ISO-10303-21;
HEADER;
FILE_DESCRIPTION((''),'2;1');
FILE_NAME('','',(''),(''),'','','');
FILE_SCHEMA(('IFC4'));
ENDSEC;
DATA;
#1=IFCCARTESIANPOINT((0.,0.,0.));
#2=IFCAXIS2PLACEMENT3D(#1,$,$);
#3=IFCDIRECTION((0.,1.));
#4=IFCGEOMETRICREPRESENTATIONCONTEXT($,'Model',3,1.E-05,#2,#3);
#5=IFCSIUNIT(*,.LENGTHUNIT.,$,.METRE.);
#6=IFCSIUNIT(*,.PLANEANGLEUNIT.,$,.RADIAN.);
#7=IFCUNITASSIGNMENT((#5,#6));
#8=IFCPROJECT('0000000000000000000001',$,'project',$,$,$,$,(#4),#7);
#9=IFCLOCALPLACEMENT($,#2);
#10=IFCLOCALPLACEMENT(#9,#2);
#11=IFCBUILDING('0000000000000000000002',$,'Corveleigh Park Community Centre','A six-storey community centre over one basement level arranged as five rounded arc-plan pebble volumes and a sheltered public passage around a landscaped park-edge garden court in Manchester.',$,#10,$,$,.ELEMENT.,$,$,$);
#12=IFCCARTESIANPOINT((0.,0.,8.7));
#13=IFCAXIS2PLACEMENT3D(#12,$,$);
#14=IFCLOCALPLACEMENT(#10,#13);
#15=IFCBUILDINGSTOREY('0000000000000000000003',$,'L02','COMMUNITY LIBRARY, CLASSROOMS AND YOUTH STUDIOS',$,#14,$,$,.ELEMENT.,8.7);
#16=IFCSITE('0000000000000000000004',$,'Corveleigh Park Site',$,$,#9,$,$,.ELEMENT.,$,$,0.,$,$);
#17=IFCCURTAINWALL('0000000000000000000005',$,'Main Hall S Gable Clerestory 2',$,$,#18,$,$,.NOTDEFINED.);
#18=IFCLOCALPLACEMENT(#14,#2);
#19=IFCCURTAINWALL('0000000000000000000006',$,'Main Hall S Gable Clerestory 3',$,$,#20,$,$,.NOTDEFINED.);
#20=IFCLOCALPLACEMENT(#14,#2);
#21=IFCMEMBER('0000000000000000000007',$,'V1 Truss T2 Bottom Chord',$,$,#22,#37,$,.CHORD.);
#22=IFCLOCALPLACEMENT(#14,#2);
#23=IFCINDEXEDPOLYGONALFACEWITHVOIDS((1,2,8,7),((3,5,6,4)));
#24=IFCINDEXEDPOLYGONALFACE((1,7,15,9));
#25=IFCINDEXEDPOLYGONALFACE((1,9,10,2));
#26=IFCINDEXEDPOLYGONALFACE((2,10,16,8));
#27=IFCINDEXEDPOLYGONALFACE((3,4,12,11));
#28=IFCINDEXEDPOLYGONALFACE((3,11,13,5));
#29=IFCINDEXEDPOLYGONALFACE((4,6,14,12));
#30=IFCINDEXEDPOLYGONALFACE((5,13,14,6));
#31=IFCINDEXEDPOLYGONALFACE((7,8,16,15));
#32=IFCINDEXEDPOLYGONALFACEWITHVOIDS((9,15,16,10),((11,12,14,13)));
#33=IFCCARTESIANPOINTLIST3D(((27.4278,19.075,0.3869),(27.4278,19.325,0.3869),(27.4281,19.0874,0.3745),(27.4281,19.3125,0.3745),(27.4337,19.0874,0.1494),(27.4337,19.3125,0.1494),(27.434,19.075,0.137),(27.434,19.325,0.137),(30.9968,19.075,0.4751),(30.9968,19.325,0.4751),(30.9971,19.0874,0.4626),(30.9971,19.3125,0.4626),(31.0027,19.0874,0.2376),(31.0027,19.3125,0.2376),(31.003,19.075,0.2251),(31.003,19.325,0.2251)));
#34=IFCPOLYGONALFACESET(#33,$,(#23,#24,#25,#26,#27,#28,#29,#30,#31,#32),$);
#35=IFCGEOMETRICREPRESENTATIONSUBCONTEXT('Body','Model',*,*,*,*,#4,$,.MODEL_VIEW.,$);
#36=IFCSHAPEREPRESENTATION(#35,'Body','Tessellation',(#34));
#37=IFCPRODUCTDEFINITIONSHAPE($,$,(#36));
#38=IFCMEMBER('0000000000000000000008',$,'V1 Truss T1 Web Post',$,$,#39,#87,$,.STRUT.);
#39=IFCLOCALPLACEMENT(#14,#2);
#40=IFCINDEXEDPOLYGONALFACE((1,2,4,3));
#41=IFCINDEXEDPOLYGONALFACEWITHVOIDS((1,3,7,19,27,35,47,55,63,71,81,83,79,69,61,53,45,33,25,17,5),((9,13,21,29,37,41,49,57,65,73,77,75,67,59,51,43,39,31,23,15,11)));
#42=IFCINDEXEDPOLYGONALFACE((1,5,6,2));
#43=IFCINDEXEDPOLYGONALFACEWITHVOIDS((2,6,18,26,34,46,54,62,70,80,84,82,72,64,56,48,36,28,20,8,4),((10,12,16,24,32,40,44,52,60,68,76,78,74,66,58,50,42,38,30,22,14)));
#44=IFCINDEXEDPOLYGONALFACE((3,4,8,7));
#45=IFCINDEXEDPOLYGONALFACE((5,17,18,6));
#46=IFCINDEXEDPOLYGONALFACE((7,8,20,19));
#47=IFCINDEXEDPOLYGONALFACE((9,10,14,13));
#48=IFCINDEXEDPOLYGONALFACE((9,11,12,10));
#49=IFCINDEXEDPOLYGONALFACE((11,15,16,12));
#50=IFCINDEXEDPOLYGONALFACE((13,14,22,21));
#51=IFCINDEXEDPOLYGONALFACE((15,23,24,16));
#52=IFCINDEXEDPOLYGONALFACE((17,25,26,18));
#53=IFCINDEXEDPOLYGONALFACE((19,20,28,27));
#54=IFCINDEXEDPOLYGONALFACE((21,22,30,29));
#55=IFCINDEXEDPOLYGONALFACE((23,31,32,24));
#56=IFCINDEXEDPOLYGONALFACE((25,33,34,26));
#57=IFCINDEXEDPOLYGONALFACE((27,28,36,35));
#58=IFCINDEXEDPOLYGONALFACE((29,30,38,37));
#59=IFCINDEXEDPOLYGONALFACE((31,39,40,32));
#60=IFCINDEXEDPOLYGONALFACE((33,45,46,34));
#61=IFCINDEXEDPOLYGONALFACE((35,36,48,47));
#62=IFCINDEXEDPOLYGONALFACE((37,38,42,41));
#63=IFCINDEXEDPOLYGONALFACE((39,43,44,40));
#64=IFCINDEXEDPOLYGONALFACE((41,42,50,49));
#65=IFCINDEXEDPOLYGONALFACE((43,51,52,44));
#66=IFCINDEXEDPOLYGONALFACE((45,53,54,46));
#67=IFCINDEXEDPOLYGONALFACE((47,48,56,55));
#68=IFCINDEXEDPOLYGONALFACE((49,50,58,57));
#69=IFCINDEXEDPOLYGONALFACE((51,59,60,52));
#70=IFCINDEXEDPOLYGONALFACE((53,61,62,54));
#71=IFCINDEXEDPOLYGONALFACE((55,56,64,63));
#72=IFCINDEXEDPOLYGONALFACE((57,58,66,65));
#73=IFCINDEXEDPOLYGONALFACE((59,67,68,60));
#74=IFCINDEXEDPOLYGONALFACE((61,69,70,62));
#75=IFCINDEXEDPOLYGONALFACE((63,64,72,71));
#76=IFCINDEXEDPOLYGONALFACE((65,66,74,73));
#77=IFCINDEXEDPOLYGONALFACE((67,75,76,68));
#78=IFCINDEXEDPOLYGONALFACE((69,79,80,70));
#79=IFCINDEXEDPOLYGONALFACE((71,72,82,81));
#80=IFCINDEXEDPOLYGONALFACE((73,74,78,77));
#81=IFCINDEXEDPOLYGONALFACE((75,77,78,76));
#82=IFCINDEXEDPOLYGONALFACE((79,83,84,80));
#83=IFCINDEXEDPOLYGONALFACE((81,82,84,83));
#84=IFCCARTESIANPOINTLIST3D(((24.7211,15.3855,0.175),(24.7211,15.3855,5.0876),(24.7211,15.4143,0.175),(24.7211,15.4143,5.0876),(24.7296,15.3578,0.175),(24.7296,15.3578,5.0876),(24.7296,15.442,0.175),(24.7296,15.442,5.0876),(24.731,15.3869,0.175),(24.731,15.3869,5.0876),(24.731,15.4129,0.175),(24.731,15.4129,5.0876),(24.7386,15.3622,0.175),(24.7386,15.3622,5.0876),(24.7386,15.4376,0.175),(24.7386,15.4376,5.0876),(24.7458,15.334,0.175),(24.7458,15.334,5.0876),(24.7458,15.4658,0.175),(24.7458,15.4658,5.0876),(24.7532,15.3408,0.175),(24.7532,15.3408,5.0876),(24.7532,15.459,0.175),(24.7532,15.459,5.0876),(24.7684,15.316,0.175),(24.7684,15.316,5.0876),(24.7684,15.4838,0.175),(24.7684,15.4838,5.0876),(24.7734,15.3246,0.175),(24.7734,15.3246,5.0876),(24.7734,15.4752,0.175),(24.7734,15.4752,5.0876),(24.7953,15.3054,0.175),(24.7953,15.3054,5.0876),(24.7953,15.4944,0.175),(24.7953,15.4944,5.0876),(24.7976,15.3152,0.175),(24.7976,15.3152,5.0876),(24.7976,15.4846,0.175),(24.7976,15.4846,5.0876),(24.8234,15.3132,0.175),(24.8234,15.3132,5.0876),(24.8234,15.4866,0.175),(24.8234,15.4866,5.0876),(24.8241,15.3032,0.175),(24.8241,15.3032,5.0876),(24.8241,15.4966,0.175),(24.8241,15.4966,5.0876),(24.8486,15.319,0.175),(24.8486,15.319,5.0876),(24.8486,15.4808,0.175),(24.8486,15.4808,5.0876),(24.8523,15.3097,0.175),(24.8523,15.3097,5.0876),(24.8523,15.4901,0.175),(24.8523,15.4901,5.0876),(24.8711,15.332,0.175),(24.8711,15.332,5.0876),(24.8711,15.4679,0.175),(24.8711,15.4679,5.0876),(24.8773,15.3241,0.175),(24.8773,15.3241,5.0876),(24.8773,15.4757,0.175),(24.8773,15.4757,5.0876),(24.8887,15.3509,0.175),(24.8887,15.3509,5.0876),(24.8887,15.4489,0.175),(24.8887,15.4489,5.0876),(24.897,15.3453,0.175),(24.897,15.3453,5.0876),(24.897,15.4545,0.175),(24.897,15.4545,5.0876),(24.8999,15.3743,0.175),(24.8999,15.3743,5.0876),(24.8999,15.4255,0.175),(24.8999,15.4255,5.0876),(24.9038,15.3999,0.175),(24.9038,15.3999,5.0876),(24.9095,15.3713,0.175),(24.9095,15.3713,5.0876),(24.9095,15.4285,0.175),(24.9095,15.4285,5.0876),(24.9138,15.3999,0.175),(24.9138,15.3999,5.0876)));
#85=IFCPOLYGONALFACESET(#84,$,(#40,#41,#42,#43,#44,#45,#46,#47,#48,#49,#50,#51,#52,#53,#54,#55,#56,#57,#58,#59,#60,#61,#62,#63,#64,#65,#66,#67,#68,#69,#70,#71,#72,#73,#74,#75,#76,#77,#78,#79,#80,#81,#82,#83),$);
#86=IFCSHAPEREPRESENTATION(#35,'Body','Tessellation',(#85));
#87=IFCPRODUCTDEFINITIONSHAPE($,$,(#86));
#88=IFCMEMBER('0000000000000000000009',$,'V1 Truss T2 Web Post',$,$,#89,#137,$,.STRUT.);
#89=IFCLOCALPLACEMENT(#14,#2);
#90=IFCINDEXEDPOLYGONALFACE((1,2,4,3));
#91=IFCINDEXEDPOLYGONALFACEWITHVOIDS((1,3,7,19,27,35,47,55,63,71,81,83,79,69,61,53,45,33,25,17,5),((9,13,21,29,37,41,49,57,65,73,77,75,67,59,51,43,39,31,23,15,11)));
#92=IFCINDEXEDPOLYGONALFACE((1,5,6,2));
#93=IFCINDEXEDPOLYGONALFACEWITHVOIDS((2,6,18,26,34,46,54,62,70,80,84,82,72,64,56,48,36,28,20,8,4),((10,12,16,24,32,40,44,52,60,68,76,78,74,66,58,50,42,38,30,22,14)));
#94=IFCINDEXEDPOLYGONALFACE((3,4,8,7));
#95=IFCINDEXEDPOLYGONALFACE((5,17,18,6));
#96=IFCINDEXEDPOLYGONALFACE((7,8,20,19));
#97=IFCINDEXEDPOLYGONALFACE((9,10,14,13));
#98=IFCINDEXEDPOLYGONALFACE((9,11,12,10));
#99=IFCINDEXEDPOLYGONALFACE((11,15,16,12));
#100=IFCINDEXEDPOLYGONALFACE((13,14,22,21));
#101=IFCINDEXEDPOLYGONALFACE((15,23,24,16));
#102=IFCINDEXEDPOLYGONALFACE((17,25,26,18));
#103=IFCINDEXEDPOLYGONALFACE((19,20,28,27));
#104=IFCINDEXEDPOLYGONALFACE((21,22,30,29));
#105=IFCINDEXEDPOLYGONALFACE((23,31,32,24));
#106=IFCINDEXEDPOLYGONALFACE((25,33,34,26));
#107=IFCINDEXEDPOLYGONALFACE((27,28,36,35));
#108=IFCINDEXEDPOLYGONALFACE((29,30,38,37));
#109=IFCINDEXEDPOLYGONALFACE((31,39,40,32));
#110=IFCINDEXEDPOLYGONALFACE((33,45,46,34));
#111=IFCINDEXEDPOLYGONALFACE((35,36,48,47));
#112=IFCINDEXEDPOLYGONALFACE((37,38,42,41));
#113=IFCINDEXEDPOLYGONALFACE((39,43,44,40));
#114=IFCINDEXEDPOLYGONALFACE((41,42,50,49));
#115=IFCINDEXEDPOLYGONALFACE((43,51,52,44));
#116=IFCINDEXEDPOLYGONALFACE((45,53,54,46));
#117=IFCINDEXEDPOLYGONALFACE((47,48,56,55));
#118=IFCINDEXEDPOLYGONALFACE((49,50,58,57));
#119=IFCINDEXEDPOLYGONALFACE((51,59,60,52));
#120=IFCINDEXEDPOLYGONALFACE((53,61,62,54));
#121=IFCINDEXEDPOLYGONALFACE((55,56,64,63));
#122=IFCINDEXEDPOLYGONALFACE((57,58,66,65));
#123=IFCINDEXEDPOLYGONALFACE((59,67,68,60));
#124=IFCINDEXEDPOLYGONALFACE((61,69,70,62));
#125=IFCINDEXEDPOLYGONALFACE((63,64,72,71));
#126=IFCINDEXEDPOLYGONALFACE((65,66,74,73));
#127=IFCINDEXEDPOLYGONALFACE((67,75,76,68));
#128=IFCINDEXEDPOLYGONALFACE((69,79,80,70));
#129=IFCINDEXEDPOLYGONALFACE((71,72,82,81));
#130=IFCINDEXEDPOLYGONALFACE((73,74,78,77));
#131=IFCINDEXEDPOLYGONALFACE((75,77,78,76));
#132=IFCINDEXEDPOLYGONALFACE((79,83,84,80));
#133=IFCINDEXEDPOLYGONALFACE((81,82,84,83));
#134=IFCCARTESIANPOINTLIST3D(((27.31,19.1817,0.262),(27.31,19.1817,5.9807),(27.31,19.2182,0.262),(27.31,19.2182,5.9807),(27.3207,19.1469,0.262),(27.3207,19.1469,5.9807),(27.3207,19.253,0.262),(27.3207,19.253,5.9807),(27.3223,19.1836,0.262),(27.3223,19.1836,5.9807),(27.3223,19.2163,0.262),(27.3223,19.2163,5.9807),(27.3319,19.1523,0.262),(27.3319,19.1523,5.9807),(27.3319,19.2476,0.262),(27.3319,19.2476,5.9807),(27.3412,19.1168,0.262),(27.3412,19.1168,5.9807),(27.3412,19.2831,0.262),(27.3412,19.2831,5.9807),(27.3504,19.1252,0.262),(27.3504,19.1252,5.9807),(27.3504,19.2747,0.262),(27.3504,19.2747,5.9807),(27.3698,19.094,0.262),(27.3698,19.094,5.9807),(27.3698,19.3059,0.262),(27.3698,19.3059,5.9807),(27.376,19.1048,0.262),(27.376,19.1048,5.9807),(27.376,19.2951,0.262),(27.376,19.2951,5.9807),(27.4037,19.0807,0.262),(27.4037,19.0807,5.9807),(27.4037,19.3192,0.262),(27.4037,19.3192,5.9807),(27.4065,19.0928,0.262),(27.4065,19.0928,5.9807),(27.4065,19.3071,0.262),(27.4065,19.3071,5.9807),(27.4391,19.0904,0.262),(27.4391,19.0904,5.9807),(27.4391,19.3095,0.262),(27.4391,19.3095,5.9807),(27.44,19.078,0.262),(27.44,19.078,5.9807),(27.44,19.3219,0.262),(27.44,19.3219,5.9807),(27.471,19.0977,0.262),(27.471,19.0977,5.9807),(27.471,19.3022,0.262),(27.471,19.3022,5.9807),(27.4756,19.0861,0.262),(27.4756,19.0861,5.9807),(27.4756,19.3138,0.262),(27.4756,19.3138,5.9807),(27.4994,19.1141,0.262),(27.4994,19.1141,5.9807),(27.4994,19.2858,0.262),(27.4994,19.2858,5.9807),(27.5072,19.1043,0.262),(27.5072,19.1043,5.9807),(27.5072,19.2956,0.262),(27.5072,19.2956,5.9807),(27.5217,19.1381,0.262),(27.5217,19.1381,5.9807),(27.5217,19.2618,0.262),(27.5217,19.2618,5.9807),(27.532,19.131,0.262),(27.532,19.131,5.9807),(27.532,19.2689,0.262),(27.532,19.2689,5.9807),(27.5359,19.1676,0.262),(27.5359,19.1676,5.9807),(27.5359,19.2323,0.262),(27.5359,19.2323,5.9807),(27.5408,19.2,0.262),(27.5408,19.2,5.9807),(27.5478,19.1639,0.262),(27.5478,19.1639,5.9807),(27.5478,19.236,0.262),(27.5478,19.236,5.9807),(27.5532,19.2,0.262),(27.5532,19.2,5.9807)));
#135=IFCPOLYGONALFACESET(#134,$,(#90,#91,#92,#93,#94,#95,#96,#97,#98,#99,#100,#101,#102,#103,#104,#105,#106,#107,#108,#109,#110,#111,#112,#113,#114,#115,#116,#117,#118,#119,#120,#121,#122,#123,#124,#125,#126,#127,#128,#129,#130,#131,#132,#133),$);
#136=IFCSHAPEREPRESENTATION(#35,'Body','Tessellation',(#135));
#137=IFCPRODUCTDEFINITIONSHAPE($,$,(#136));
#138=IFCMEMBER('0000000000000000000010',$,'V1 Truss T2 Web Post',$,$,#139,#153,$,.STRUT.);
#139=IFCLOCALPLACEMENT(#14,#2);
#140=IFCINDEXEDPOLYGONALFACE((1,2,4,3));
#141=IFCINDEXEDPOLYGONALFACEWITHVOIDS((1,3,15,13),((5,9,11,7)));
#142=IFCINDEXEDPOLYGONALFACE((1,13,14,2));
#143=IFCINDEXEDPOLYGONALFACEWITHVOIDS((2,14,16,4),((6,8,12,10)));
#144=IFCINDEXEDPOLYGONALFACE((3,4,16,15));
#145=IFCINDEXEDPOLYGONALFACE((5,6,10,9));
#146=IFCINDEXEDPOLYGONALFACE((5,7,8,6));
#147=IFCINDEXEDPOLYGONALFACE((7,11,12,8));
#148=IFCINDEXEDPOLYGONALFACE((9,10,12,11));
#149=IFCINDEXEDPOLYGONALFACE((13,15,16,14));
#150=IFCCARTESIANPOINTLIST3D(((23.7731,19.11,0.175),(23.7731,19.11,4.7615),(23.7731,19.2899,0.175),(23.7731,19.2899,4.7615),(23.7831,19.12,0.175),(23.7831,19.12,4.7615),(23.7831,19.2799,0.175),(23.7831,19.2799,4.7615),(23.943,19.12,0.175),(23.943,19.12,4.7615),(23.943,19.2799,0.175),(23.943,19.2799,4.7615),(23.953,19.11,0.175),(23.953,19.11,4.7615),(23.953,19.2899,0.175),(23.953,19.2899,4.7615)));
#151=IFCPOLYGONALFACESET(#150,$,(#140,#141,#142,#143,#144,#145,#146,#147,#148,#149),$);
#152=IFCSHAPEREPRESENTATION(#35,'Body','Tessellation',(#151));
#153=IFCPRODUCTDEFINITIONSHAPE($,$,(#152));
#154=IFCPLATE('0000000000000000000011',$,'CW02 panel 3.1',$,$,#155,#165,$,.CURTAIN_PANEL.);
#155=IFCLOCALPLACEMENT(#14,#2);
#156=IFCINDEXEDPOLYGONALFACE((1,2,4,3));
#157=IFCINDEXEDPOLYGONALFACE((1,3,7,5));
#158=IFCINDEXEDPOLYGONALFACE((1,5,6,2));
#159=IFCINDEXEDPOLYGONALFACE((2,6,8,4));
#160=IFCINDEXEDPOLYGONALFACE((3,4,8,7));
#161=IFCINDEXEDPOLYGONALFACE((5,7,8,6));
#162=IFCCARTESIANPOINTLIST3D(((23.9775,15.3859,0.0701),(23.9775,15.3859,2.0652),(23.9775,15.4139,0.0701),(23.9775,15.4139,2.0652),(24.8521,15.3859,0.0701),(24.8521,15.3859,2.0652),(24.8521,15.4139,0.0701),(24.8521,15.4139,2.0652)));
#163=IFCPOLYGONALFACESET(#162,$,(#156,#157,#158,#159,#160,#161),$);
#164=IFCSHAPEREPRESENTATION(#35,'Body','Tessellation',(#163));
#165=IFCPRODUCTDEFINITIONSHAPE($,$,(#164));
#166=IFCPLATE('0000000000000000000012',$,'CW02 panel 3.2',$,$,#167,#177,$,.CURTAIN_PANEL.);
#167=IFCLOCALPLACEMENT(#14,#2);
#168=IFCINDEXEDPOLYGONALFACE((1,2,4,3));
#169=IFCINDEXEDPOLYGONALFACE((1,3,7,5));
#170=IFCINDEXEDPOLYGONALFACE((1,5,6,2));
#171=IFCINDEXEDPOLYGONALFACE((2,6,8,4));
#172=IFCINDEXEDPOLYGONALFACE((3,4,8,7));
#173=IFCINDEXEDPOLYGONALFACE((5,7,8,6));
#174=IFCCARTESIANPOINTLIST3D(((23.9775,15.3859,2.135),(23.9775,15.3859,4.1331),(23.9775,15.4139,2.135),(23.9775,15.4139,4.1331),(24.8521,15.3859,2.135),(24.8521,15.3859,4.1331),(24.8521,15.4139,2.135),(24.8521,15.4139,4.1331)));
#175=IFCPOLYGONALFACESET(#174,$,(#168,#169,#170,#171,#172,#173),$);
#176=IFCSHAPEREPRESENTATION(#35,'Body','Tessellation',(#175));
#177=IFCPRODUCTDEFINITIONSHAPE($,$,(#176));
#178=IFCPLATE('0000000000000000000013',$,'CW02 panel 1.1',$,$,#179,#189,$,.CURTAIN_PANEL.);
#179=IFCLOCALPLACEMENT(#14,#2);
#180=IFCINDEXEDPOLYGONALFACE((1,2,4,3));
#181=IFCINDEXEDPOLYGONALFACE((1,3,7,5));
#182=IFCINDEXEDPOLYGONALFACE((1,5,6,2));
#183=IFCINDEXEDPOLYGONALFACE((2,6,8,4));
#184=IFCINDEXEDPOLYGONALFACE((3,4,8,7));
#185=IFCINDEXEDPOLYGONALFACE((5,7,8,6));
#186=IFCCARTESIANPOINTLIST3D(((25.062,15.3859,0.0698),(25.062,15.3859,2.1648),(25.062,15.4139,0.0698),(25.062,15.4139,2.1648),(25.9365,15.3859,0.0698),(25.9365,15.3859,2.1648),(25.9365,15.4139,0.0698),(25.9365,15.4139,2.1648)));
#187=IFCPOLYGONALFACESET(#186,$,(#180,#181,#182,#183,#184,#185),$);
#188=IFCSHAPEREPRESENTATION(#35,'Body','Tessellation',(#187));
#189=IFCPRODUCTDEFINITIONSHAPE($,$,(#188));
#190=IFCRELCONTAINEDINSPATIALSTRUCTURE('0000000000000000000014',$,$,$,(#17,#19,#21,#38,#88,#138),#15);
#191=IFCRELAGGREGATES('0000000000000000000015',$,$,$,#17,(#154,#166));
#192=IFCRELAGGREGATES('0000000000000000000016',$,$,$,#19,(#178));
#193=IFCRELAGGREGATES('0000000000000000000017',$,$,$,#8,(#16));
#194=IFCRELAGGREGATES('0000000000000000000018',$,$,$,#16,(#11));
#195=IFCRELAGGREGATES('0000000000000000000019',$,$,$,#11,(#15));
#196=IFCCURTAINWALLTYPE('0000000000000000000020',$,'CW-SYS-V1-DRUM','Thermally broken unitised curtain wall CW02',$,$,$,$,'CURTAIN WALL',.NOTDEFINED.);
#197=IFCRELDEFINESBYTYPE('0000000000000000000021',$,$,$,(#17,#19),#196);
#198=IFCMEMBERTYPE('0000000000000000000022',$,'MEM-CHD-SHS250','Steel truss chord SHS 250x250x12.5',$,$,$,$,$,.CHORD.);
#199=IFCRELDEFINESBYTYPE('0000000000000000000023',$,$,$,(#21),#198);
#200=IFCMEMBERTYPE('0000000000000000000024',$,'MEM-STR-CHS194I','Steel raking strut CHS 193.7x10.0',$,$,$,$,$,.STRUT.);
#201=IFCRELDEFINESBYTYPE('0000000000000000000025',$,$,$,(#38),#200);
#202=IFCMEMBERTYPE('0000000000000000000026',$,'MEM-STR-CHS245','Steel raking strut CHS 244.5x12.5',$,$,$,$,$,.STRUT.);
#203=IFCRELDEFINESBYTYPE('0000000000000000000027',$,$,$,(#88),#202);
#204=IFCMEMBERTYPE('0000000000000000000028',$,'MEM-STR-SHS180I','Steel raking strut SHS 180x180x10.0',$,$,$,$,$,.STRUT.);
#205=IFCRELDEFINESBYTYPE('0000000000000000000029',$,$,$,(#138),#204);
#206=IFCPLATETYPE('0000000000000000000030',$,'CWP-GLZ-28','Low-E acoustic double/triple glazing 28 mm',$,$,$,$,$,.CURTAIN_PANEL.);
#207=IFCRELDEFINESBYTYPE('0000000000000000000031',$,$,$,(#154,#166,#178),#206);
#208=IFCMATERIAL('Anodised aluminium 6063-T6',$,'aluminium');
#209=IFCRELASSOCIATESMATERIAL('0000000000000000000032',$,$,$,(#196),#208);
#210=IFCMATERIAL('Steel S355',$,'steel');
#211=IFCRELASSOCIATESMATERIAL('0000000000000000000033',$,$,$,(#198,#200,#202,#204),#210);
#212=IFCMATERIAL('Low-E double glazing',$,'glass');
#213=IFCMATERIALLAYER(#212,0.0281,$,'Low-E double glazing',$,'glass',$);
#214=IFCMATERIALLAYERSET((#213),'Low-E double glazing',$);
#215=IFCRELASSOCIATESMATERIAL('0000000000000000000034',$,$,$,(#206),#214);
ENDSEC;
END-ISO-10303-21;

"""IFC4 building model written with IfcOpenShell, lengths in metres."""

from ifc_helpers import new_model, si_unit, direction, frame, origin, origin_2d, place, context, subcontext, project, spatial, rectangle, hollow_rectangle, hollow_circle, extrude, material, layer, layer_set, material_profile, profile_set, type_object, element, aggregate, save


model = new_model("IFC4")

# Units and contexts
model_context = context("Model", 3, precision=1e-05, world=origin(), true_north=direction((0.0, 1.0)))
body_context = subcontext(model_context, "Body", "Model", "MODEL_VIEW")
ifc_project = project(units=[si_unit("LENGTHUNIT", "METRE"), si_unit("PLANEANGLEUNIT", "RADIAN")], contexts=[model_context])

# Site, building, storey
site_placement = place(None, origin())
site = spatial("IfcSite", under=ifc_project, at=site_placement, Name="Corveleigh Park Site", CompositionType="ELEMENT", RefElevation=0.0)
building_placement = place(site_placement, origin())
building = spatial("IfcBuilding", under=site, at=building_placement, Name="Corveleigh Park Community Centre", Description="A six-storey community centre over one basement level arranged as five rounded arc-plan pebble volumes and a sheltered public passage around a landscaped park-edge garden court in Manchester.", CompositionType="ELEMENT")
storey_placement = place(building_placement, frame((0.0, 0.0, 8.7)))
storey = spatial("IfcBuildingStorey", under=building, at=storey_placement, Name="L02", Description="COMMUNITY LIBRARY, CLASSROOMS AND YOUTH STUDIOS", CompositionType="ELEMENT", Elevation=8.7)

# Curtain walls
ifc_material_1 = material(Name="Anodised aluminium 6063-T6", Category="aluminium")
curtain_wall_type = type_object("IfcCurtainWallType", Name="CW-SYS-V1-DRUM", Description="Thermally broken unitised curtain wall CW02", ElementType="CURTAIN WALL", PredefinedType="NOTDEFINED", material=ifc_material_1)
curtain_wall_1_placement = place(storey_placement, origin())
curtain_wall_1 = element("IfcCurtainWall", 1, at=curtain_wall_1_placement, inside=storey, type_object=curtain_wall_type, Name="Main Hall S Gable Clerestory 2", PredefinedType="NOTDEFINED")
curtain_wall_2_placement = place(storey_placement, origin())
curtain_wall_2 = element("IfcCurtainWall", 2, at=curtain_wall_2_placement, inside=storey, type_object=curtain_wall_type, Name="Main Hall S Gable Clerestory 3", PredefinedType="NOTDEFINED")

# Members
ifc_material_2 = material(Name="Steel S355", Category="steel")
ifc_material_profile_1 = material_profile(ifc_material_2, hollow_rectangle(XDim=0.25, YDim=0.25, WallThickness=0.0125, at=origin_2d()), Name="SHS 250x250x12.5", Category="steel")
ifc_profile_set_1 = profile_set([ifc_material_profile_1], Name="Steel S355")
member_type_1 = type_object("IfcMemberType", Name="MEM-CHD-SHS250", Description="Steel truss chord SHS 250x250x12.5", PredefinedType="CHORD", material=ifc_profile_set_1)
member_1_placement = place(storey_placement, frame((27.4309, 19.2, 0.262), z_axis=(0.999695, 0.0, 0.024686), x_axis=(0.0, 1.0, 0.0)))
element("IfcMember", 3, at=member_1_placement, inside=storey, type_object=member_type_1, Name="V1 Truss T2 Bottom Chord", PredefinedType="CHORD", context=body_context, shape_type="SweptSolid", body=[
    extrude(hollow_rectangle(XDim=0.25, YDim=0.25, WallThickness=0.0125, at=origin_2d()), origin(), (0.0, 0.0, 1.0), 3.5701),
])
ifc_material_profile_2 = material_profile(ifc_material_2, hollow_circle(Radius=0.0969, WallThickness=0.01, at=origin_2d()), Name="CHS 193.7x10.0", Category="steel")
ifc_profile_set_2 = profile_set([ifc_material_profile_2], Name="Steel S355")
member_type_2 = type_object("IfcMemberType", Name="MEM-STR-CHS194I", Description="Steel raking strut CHS 193.7x10.0", PredefinedType="STRUT", material=ifc_profile_set_2)
member_2_placement = place(storey_placement, frame((24.8169, 15.3999, 0.175), z_axis=(0.0, 0.0, 1.0), x_axis=(1.0, 0.0, 0.0)))
element("IfcMember", 4, at=member_2_placement, inside=storey, type_object=member_type_2, Name="V1 Truss T1 Web Post", PredefinedType="STRUT", context=body_context, shape_type="SweptSolid", body=[
    extrude(hollow_circle(Radius=0.0969, WallThickness=0.01, at=origin_2d()), origin(), (0.0, 0.0, 1.0), 4.9126),
])
ifc_material_profile_3 = material_profile(ifc_material_2, hollow_circle(Radius=0.1223, WallThickness=0.0125, at=origin_2d()), Name="CHS 244.5x12.5", Category="steel")
ifc_profile_set_3 = profile_set([ifc_material_profile_3], Name="Steel S355")
member_type_3 = type_object("IfcMemberType", Name="MEM-STR-CHS245", Description="Steel raking strut CHS 244.5x12.5", PredefinedType="STRUT", material=ifc_profile_set_3)
member_3_placement = place(storey_placement, frame((27.4309, 19.2, 0.262), z_axis=(0.0, 0.0, 1.0), x_axis=(1.0, 0.0, 0.0)))
element("IfcMember", 5, at=member_3_placement, inside=storey, type_object=member_type_3, Name="V1 Truss T2 Web Post", PredefinedType="STRUT", context=body_context, shape_type="SweptSolid", body=[
    extrude(hollow_circle(Radius=0.1223, WallThickness=0.0125, at=origin_2d()), origin(), (0.0, 0.0, 1.0), 5.7188),
])
ifc_material_profile_4 = material_profile(ifc_material_2, hollow_rectangle(XDim=0.1799, YDim=0.1799, WallThickness=0.01, at=origin_2d()), Name="SHS 180x180x10.0", Category="steel")
ifc_profile_set_4 = profile_set([ifc_material_profile_4], Name="Steel S355")
member_type_4 = type_object("IfcMemberType", Name="MEM-STR-SHS180I", Description="Steel raking strut SHS 180x180x10.0", PredefinedType="STRUT", material=ifc_profile_set_4)
member_4_placement = place(storey_placement, frame((23.863, 19.2, 0.175), z_axis=(0.0, 0.0, 1.0), x_axis=(1.0, 0.0, 0.0)))
element("IfcMember", 6, at=member_4_placement, inside=storey, type_object=member_type_4, Name="V1 Truss T2 Web Post", PredefinedType="STRUT", context=body_context, shape_type="SweptSolid", body=[
    extrude(hollow_rectangle(XDim=0.1799, YDim=0.1799, WallThickness=0.01, at=origin_2d()), origin(), (0.0, 0.0, 1.0), 4.5864),
])

# Plates
ifc_material_3 = material(Name="Low-E double glazing", Category="glass")
ifc_layer = layer(ifc_material_3, 0.0281, Name="Low-E double glazing", Category="glass")
ifc_layer_set = layer_set([ifc_layer], Name="Low-E double glazing")
plate_type = type_object("IfcPlateType", Name="CWP-GLZ-28", Description="Low-E acoustic double/triple glazing 28 mm", PredefinedType="CURTAIN_PANEL", material=ifc_layer_set)
plate_1_placement = place(storey_placement, frame((24.4148, 15.3999, 0.0701), z_axis=(0.0, 0.0, 1.0), x_axis=(1.0, 0.0, 0.0)))
plate_1 = element("IfcPlate", 7, at=plate_1_placement, type_object=plate_type, Name="CW02 panel 3.1", PredefinedType="CURTAIN_PANEL", context=body_context, shape_type="SweptSolid", body=[
    extrude(rectangle(XDim=0.8745, YDim=0.0281, at=origin_2d()), origin(), (0.0, 0.0, 1.0), 1.9951),
])
plate_2_placement = place(storey_placement, frame((24.4148, 15.3999, 2.135), z_axis=(0.0, 0.0, 1.0), x_axis=(1.0, 0.0, 0.0)))
plate_2 = element("IfcPlate", 8, at=plate_2_placement, type_object=plate_type, Name="CW02 panel 3.2", PredefinedType="CURTAIN_PANEL", context=body_context, shape_type="SweptSolid", body=[
    extrude(rectangle(XDim=0.8745, YDim=0.0281, at=origin_2d()), origin(), (0.0, 0.0, 1.0), 1.998),
])
aggregate(curtain_wall_1, [plate_1, plate_2])
plate_3_placement = place(storey_placement, frame((25.4993, 15.3999, 0.0698), z_axis=(0.0, 0.0, 1.0), x_axis=(1.0, 0.0, 0.0)))
plate_3 = element("IfcPlate", 9, at=plate_3_placement, type_object=plate_type, Name="CW02 panel 1.1", PredefinedType="CURTAIN_PANEL", context=body_context, shape_type="SweptSolid", body=[
    extrude(rectangle(XDim=0.8745, YDim=0.0281, at=origin_2d()), origin(), (0.0, 0.0, 1.0), 2.095),
])
aggregate(curtain_wall_2, [plate_3])

save(model, "model.ifc")
